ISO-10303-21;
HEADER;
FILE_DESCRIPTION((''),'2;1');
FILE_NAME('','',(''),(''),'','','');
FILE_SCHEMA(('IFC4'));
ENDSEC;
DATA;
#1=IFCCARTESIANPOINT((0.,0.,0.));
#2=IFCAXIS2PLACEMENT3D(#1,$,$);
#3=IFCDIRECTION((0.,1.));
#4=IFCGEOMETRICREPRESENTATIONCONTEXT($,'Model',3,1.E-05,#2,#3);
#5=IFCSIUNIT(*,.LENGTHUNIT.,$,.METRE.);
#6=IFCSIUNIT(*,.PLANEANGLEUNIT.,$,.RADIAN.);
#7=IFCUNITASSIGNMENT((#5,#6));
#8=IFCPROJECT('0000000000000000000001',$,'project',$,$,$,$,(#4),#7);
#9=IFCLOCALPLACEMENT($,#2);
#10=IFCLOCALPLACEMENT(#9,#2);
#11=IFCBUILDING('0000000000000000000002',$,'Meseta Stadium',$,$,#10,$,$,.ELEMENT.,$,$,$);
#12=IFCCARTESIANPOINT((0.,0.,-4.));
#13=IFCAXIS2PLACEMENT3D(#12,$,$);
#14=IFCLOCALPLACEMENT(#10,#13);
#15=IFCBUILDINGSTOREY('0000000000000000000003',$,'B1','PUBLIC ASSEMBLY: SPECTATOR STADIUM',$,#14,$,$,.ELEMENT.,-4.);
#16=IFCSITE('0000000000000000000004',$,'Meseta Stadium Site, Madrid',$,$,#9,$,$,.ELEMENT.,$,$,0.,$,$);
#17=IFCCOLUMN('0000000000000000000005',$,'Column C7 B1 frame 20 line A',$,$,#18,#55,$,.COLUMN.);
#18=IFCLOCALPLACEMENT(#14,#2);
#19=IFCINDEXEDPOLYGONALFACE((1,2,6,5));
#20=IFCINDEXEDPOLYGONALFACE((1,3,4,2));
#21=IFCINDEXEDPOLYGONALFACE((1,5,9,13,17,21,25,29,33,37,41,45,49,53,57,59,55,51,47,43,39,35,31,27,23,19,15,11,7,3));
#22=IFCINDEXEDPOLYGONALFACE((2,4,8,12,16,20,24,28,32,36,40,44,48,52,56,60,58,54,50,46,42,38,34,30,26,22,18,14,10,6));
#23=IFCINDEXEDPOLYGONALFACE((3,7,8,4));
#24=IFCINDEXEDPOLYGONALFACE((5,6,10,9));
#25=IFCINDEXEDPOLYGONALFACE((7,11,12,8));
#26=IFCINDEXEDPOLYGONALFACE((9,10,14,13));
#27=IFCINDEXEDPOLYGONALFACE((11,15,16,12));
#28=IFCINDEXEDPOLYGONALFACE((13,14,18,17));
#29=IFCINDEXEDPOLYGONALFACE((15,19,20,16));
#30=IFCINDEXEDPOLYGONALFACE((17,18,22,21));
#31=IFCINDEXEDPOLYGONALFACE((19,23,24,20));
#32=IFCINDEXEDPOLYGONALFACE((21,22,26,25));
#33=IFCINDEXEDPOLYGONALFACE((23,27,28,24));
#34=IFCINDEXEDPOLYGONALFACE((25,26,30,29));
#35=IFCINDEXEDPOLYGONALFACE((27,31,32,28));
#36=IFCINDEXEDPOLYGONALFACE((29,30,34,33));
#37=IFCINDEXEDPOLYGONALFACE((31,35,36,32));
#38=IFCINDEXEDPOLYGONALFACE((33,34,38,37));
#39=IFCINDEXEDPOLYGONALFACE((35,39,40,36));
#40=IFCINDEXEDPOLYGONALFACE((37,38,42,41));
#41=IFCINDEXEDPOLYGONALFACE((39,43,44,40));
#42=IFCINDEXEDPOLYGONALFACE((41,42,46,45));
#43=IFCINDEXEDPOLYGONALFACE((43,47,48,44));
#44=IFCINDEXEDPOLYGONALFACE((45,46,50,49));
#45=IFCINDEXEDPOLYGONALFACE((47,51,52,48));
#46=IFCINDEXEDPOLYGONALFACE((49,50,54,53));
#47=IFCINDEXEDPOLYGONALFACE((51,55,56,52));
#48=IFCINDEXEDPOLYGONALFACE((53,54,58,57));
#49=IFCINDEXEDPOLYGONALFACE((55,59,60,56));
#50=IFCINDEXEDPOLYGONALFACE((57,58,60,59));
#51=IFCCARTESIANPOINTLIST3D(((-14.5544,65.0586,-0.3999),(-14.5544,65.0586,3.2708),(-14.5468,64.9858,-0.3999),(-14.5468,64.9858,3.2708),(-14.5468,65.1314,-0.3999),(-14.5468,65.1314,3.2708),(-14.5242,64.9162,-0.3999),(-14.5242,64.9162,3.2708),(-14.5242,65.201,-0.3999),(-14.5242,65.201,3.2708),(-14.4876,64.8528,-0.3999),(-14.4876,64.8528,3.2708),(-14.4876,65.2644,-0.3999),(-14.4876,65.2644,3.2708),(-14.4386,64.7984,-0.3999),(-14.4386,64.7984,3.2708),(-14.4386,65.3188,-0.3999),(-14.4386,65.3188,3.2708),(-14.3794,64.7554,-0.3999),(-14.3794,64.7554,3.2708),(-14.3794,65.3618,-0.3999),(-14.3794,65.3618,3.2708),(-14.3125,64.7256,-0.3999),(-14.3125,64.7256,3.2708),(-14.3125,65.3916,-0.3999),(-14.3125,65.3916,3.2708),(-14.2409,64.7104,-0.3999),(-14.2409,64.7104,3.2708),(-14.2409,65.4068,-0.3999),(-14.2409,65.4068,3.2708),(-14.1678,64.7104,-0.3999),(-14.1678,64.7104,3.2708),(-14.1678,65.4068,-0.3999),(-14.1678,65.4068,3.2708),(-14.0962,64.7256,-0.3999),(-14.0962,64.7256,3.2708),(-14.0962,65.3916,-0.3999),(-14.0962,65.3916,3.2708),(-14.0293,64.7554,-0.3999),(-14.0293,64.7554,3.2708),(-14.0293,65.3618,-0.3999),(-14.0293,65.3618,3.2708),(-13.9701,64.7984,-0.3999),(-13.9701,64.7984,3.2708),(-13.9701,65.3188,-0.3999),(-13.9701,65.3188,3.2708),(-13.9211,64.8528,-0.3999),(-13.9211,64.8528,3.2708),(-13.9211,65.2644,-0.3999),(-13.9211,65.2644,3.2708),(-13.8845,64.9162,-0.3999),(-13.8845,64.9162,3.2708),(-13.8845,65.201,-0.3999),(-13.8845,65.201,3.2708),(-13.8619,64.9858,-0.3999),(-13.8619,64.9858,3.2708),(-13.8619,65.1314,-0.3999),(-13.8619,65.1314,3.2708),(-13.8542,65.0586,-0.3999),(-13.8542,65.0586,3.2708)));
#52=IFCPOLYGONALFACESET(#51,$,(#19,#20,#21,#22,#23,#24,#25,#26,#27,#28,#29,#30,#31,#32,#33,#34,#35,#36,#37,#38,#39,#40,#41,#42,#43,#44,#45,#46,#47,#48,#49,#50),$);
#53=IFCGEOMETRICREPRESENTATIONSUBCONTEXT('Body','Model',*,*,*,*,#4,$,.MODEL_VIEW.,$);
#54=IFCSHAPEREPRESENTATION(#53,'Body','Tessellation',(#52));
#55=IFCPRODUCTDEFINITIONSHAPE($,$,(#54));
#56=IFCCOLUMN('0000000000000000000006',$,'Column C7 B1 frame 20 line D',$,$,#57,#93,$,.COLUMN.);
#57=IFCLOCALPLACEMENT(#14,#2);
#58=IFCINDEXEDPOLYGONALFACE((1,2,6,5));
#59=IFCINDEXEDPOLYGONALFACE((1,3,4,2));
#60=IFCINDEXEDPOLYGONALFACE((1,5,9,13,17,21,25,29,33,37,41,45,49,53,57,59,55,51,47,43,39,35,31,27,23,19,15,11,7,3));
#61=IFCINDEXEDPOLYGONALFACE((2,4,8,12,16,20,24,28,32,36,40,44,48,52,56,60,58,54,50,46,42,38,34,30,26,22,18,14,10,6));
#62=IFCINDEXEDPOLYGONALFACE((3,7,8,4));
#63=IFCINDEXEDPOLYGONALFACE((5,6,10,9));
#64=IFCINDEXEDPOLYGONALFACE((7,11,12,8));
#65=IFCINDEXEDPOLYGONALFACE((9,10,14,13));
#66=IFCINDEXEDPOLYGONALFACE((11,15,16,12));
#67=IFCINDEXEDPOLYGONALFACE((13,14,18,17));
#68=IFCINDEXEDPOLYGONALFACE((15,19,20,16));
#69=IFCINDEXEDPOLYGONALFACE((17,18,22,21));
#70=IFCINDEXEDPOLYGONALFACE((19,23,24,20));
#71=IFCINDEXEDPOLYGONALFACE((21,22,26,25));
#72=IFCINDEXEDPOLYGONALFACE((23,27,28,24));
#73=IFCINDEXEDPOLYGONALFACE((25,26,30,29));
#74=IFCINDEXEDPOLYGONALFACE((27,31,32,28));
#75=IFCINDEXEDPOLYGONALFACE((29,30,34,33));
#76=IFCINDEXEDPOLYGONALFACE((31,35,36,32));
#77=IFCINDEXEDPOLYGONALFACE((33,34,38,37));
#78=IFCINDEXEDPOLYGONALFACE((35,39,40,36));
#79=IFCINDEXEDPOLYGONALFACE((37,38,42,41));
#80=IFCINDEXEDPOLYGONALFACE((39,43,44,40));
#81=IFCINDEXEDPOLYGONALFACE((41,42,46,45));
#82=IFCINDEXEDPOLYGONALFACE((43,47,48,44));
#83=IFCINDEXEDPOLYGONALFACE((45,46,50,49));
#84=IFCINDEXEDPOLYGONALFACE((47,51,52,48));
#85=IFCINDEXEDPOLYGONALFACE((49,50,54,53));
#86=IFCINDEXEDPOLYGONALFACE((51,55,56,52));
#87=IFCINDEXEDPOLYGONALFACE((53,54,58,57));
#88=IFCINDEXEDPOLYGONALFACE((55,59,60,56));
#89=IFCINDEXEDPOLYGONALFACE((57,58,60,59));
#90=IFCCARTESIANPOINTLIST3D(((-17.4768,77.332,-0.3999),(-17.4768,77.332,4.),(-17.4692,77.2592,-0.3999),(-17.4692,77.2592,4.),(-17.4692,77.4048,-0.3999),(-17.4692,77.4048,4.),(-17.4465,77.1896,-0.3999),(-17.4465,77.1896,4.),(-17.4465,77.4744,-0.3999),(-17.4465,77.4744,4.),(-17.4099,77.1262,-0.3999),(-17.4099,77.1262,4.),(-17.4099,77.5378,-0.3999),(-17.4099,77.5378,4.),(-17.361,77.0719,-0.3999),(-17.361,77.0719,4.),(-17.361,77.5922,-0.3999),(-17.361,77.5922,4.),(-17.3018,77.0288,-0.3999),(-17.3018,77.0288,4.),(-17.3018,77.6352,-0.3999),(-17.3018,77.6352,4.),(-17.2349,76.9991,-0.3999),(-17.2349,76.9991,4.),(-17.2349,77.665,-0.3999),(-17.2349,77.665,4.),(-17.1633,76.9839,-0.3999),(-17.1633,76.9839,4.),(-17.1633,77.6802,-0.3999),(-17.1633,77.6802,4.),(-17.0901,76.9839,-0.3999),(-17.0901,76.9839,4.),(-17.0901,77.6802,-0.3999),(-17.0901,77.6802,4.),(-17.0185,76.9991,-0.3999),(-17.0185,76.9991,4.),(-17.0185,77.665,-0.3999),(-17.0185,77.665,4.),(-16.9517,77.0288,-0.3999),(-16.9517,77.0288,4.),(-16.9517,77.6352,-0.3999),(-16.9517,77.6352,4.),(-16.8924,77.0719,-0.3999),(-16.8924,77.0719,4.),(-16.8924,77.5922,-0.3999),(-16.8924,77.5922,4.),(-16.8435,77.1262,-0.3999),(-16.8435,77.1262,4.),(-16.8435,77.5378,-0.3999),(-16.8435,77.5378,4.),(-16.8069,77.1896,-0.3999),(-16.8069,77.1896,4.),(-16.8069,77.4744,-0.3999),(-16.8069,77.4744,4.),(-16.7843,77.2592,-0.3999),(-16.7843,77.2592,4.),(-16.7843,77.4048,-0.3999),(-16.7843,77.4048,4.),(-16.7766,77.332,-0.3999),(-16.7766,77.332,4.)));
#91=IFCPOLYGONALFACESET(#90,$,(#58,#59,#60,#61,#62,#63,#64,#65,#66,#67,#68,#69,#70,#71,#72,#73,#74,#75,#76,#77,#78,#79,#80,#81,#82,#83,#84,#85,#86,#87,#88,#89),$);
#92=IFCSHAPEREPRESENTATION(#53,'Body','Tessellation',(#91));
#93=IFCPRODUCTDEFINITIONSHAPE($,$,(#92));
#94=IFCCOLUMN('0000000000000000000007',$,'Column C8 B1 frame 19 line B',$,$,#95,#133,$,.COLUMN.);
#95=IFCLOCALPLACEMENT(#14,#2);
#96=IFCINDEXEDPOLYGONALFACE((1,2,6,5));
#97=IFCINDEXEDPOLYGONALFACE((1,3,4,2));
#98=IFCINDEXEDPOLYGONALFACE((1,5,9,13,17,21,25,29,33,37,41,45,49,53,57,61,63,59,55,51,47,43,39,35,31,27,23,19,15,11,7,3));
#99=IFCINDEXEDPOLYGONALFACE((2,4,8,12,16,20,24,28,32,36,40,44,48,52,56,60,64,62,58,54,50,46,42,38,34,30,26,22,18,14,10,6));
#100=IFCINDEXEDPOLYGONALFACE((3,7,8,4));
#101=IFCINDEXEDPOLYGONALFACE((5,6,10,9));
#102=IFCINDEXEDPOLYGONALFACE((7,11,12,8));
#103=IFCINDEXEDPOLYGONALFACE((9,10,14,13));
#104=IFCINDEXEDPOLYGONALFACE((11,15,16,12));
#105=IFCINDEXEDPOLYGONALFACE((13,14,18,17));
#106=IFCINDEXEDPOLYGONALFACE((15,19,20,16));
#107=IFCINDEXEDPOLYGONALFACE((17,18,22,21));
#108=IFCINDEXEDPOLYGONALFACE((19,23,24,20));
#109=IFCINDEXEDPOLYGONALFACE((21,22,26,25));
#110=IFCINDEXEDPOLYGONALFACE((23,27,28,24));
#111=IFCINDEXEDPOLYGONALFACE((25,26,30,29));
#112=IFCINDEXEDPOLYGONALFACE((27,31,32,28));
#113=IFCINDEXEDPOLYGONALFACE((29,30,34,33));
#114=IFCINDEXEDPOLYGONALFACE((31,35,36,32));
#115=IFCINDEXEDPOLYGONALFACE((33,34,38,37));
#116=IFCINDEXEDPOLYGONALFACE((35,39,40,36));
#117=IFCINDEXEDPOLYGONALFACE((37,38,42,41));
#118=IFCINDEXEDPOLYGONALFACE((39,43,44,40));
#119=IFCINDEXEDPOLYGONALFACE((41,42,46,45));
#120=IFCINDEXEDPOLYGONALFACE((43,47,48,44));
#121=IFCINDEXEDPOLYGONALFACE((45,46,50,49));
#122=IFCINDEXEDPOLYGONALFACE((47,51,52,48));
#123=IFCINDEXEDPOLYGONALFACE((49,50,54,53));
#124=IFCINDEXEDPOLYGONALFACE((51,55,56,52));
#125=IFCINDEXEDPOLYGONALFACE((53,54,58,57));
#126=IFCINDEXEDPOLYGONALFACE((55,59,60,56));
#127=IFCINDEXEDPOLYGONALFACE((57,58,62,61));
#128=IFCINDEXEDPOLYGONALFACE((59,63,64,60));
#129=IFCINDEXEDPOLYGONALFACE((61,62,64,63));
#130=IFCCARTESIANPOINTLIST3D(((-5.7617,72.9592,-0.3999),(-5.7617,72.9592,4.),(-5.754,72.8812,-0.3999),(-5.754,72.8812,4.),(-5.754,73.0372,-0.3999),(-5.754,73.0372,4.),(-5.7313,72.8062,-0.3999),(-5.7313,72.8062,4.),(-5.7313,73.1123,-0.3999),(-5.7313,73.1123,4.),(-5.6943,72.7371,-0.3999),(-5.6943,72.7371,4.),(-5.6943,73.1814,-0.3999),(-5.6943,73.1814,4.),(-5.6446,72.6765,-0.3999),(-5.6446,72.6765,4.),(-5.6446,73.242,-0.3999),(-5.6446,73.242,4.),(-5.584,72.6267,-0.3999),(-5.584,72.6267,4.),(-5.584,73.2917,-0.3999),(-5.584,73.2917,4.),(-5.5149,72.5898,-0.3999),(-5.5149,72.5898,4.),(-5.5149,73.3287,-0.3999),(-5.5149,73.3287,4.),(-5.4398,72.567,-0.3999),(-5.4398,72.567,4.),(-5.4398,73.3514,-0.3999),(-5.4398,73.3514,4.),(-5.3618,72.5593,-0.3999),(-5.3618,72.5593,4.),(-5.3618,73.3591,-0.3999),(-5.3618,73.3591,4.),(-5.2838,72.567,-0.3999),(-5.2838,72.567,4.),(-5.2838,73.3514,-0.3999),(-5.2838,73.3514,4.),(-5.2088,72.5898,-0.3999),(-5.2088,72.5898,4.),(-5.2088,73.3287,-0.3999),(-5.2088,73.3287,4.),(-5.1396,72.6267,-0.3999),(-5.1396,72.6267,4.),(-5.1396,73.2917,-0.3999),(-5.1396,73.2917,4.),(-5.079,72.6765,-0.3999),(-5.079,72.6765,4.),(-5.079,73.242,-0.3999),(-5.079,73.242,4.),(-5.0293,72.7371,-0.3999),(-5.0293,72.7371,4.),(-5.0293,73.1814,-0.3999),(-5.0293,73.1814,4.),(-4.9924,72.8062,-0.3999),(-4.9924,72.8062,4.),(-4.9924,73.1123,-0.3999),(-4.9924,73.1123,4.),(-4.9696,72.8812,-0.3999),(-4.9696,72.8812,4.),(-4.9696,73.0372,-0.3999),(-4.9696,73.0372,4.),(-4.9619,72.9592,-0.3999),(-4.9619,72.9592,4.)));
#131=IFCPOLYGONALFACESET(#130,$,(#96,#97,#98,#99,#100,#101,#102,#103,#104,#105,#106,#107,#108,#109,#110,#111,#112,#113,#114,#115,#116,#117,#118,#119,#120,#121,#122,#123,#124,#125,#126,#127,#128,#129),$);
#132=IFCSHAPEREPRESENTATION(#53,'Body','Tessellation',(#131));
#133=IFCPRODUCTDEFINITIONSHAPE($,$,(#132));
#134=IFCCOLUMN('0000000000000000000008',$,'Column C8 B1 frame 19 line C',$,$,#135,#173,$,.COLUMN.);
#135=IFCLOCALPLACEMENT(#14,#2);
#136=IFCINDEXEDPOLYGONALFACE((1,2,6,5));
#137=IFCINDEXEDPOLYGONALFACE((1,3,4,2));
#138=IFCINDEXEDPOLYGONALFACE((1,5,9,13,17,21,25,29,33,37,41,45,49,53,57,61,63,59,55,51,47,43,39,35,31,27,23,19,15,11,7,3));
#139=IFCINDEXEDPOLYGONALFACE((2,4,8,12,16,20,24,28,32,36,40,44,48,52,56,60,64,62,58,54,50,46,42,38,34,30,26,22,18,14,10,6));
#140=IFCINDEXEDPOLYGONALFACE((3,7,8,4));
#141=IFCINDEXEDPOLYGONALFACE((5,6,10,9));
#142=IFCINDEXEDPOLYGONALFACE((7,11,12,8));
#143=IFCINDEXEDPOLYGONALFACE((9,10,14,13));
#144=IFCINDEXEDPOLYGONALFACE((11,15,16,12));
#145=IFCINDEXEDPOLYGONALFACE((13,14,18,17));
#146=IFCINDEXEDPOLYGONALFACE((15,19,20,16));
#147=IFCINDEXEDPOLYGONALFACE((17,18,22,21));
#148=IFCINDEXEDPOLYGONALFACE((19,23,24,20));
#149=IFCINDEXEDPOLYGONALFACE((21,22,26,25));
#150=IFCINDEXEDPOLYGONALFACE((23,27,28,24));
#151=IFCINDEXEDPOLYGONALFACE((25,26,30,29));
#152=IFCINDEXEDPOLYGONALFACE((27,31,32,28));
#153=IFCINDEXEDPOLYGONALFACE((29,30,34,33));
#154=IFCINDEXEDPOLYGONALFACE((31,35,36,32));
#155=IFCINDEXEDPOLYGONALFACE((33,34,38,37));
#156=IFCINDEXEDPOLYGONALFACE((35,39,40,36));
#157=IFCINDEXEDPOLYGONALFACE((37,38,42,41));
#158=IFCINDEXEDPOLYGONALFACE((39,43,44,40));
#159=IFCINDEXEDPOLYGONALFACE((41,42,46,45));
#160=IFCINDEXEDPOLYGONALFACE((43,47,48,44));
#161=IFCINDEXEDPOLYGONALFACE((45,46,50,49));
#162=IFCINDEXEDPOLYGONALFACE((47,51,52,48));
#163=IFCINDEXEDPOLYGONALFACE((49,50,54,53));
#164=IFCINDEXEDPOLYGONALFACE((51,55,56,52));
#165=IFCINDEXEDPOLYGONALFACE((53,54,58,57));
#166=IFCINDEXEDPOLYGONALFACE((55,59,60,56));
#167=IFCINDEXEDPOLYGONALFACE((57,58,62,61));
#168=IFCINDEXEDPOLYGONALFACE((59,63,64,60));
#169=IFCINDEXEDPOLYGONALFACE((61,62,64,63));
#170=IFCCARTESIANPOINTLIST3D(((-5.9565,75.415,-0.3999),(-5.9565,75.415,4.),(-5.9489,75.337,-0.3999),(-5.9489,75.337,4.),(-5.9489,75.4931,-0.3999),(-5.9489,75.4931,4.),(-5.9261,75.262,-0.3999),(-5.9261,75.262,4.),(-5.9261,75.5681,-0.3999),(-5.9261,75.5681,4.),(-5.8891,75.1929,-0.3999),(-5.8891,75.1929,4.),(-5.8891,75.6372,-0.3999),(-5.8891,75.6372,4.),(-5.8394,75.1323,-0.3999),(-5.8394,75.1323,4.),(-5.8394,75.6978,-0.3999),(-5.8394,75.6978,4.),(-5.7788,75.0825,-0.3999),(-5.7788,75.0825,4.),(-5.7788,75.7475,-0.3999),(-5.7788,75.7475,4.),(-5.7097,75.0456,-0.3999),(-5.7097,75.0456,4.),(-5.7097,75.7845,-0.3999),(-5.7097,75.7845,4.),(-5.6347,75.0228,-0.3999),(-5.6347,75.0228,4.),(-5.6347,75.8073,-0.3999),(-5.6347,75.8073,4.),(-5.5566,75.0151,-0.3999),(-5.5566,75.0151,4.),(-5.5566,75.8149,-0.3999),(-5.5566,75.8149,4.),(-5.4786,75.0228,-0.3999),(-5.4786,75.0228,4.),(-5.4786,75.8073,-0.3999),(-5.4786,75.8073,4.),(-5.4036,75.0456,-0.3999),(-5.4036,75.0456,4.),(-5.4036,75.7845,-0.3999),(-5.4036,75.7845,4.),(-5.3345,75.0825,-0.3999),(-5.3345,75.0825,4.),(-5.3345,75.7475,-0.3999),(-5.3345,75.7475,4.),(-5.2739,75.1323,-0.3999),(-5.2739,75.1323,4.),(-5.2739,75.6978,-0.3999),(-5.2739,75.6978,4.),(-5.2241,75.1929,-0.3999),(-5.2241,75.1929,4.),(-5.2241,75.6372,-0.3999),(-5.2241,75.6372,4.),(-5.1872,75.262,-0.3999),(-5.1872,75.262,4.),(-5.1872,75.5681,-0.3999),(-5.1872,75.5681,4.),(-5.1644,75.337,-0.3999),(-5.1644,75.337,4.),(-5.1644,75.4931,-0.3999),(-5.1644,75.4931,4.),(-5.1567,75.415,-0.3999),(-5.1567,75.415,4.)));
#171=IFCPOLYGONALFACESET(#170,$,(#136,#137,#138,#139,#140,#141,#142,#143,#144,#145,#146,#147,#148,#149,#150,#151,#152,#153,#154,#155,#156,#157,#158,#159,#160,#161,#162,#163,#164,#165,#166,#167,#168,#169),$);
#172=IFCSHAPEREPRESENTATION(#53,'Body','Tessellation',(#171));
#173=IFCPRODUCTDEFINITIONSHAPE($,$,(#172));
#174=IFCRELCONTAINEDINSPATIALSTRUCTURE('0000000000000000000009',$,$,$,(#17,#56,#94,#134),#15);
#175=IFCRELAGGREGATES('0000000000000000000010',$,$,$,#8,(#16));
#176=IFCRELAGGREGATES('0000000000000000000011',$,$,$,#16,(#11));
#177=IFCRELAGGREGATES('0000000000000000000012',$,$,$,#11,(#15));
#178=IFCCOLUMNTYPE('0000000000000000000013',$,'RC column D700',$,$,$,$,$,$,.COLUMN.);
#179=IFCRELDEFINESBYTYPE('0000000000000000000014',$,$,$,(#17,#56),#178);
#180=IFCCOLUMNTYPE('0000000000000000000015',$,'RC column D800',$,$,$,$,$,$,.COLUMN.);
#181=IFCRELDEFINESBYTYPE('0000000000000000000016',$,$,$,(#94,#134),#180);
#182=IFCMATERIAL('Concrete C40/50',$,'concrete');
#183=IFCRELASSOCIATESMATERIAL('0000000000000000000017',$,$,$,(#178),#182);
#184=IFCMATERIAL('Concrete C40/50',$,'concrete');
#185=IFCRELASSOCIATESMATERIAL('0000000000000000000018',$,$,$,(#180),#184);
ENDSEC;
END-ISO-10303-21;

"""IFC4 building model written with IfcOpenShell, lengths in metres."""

from ifc_helpers import new_model, si_unit, direction, frame, origin, origin_2d, place, context, subcontext, project, spatial, circle, extrude, material, material_profile, profile_set, type_object, element, save


model = new_model("IFC4")

# Units and contexts
model_context = context("Model", 3, precision=1e-05, world=origin(), true_north=direction((0.0, 1.0)))
body_context = subcontext(model_context, "Body", "Model", "MODEL_VIEW")
ifc_project = project(units=[si_unit("LENGTHUNIT", "METRE"), si_unit("PLANEANGLEUNIT", "RADIAN")], contexts=[model_context])

# Site, building, storey
site_placement = place(None, origin())
site = spatial("IfcSite", under=ifc_project, at=site_placement, Name="Meseta Stadium Site, Madrid", CompositionType="ELEMENT", RefElevation=0.0)
building_placement = place(site_placement, origin())
building = spatial("IfcBuilding", under=site, at=building_placement, Name="Meseta Stadium", CompositionType="ELEMENT")
storey_placement = place(building_placement, frame((0.0, 0.0, -4.0)))
storey = spatial("IfcBuildingStorey", under=building, at=storey_placement, Name="B1", Description="PUBLIC ASSEMBLY: SPECTATOR STADIUM", CompositionType="ELEMENT", Elevation=-4.0)

# Columns
ifc_material_1 = material(Name="Concrete C40/50", Category="concrete")
ifc_material_profile_1 = material_profile(ifc_material_1, circle(Radius=0.3501, at=origin_2d()), Name="RC D700")
ifc_profile_set_1 = profile_set([ifc_material_profile_1], Name="Concrete C40/50")
column_type_1 = type_object("IfcColumnType", Name="RC column D700", PredefinedType="COLUMN", material=ifc_profile_set_1)
column_1_placement = place(storey_placement, frame((-14.2043, 65.0586, -0.3999), z_axis=(0.0, 0.0, 1.0), x_axis=(1.0, 0.0, 0.0)))
element("IfcColumn", 1, at=column_1_placement, inside=storey, type_object=column_type_1, Name="Column C7 B1 frame 20 line A", PredefinedType="COLUMN", context=body_context, shape_type="SweptSolid", body=[
    extrude(circle(Radius=0.3501, at=origin_2d()), origin(), (0.0, 0.0, 1.0), 3.6707),
])
column_2_placement = place(storey_placement, frame((-17.1267, 77.332, -0.3999), z_axis=(0.0, 0.0, 1.0), x_axis=(1.0, 0.0, 0.0)))
element("IfcColumn", 2, at=column_2_placement, inside=storey, type_object=column_type_1, Name="Column C7 B1 frame 20 line D", PredefinedType="COLUMN", context=body_context, shape_type="SweptSolid", body=[
    extrude(circle(Radius=0.3501, at=origin_2d()), origin(), (0.0, 0.0, 1.0), 4.3999),
])
ifc_material_2 = material(Name="Concrete C40/50", Category="concrete")
ifc_material_profile_2 = material_profile(ifc_material_2, circle(Radius=0.3999, at=origin_2d()), Name="RC D800")
ifc_profile_set_2 = profile_set([ifc_material_profile_2], Name="Concrete C40/50")
column_type_2 = type_object("IfcColumnType", Name="RC column D800", PredefinedType="COLUMN", material=ifc_profile_set_2)
for number, where, z_axis, x_axis, name in (
    (3, (-5.3618, 72.9592, -0.3999), (0.0, 0.0, 1.0), (1.0, 0.0, 0.0), "Column C8 B1 frame 19 line B"),
    (4, (-5.5566, 75.415, -0.3999), (0.0, 0.0, 1.0), (1.0, 0.0, 0.0), "Column C8 B1 frame 19 line C"),
):
    element("IfcColumn", number, at=place(storey_placement, frame(where, z_axis=z_axis, x_axis=x_axis)), inside=storey, type_object=column_type_2, Name=name, PredefinedType="COLUMN", context=body_context, shape_type="SweptSolid", body=[
        extrude(circle(Radius=0.3999, at=origin_2d()), origin(), (0.0, 0.0, 1.0), 4.3999),
    ])

save(model, "model.ifc")
